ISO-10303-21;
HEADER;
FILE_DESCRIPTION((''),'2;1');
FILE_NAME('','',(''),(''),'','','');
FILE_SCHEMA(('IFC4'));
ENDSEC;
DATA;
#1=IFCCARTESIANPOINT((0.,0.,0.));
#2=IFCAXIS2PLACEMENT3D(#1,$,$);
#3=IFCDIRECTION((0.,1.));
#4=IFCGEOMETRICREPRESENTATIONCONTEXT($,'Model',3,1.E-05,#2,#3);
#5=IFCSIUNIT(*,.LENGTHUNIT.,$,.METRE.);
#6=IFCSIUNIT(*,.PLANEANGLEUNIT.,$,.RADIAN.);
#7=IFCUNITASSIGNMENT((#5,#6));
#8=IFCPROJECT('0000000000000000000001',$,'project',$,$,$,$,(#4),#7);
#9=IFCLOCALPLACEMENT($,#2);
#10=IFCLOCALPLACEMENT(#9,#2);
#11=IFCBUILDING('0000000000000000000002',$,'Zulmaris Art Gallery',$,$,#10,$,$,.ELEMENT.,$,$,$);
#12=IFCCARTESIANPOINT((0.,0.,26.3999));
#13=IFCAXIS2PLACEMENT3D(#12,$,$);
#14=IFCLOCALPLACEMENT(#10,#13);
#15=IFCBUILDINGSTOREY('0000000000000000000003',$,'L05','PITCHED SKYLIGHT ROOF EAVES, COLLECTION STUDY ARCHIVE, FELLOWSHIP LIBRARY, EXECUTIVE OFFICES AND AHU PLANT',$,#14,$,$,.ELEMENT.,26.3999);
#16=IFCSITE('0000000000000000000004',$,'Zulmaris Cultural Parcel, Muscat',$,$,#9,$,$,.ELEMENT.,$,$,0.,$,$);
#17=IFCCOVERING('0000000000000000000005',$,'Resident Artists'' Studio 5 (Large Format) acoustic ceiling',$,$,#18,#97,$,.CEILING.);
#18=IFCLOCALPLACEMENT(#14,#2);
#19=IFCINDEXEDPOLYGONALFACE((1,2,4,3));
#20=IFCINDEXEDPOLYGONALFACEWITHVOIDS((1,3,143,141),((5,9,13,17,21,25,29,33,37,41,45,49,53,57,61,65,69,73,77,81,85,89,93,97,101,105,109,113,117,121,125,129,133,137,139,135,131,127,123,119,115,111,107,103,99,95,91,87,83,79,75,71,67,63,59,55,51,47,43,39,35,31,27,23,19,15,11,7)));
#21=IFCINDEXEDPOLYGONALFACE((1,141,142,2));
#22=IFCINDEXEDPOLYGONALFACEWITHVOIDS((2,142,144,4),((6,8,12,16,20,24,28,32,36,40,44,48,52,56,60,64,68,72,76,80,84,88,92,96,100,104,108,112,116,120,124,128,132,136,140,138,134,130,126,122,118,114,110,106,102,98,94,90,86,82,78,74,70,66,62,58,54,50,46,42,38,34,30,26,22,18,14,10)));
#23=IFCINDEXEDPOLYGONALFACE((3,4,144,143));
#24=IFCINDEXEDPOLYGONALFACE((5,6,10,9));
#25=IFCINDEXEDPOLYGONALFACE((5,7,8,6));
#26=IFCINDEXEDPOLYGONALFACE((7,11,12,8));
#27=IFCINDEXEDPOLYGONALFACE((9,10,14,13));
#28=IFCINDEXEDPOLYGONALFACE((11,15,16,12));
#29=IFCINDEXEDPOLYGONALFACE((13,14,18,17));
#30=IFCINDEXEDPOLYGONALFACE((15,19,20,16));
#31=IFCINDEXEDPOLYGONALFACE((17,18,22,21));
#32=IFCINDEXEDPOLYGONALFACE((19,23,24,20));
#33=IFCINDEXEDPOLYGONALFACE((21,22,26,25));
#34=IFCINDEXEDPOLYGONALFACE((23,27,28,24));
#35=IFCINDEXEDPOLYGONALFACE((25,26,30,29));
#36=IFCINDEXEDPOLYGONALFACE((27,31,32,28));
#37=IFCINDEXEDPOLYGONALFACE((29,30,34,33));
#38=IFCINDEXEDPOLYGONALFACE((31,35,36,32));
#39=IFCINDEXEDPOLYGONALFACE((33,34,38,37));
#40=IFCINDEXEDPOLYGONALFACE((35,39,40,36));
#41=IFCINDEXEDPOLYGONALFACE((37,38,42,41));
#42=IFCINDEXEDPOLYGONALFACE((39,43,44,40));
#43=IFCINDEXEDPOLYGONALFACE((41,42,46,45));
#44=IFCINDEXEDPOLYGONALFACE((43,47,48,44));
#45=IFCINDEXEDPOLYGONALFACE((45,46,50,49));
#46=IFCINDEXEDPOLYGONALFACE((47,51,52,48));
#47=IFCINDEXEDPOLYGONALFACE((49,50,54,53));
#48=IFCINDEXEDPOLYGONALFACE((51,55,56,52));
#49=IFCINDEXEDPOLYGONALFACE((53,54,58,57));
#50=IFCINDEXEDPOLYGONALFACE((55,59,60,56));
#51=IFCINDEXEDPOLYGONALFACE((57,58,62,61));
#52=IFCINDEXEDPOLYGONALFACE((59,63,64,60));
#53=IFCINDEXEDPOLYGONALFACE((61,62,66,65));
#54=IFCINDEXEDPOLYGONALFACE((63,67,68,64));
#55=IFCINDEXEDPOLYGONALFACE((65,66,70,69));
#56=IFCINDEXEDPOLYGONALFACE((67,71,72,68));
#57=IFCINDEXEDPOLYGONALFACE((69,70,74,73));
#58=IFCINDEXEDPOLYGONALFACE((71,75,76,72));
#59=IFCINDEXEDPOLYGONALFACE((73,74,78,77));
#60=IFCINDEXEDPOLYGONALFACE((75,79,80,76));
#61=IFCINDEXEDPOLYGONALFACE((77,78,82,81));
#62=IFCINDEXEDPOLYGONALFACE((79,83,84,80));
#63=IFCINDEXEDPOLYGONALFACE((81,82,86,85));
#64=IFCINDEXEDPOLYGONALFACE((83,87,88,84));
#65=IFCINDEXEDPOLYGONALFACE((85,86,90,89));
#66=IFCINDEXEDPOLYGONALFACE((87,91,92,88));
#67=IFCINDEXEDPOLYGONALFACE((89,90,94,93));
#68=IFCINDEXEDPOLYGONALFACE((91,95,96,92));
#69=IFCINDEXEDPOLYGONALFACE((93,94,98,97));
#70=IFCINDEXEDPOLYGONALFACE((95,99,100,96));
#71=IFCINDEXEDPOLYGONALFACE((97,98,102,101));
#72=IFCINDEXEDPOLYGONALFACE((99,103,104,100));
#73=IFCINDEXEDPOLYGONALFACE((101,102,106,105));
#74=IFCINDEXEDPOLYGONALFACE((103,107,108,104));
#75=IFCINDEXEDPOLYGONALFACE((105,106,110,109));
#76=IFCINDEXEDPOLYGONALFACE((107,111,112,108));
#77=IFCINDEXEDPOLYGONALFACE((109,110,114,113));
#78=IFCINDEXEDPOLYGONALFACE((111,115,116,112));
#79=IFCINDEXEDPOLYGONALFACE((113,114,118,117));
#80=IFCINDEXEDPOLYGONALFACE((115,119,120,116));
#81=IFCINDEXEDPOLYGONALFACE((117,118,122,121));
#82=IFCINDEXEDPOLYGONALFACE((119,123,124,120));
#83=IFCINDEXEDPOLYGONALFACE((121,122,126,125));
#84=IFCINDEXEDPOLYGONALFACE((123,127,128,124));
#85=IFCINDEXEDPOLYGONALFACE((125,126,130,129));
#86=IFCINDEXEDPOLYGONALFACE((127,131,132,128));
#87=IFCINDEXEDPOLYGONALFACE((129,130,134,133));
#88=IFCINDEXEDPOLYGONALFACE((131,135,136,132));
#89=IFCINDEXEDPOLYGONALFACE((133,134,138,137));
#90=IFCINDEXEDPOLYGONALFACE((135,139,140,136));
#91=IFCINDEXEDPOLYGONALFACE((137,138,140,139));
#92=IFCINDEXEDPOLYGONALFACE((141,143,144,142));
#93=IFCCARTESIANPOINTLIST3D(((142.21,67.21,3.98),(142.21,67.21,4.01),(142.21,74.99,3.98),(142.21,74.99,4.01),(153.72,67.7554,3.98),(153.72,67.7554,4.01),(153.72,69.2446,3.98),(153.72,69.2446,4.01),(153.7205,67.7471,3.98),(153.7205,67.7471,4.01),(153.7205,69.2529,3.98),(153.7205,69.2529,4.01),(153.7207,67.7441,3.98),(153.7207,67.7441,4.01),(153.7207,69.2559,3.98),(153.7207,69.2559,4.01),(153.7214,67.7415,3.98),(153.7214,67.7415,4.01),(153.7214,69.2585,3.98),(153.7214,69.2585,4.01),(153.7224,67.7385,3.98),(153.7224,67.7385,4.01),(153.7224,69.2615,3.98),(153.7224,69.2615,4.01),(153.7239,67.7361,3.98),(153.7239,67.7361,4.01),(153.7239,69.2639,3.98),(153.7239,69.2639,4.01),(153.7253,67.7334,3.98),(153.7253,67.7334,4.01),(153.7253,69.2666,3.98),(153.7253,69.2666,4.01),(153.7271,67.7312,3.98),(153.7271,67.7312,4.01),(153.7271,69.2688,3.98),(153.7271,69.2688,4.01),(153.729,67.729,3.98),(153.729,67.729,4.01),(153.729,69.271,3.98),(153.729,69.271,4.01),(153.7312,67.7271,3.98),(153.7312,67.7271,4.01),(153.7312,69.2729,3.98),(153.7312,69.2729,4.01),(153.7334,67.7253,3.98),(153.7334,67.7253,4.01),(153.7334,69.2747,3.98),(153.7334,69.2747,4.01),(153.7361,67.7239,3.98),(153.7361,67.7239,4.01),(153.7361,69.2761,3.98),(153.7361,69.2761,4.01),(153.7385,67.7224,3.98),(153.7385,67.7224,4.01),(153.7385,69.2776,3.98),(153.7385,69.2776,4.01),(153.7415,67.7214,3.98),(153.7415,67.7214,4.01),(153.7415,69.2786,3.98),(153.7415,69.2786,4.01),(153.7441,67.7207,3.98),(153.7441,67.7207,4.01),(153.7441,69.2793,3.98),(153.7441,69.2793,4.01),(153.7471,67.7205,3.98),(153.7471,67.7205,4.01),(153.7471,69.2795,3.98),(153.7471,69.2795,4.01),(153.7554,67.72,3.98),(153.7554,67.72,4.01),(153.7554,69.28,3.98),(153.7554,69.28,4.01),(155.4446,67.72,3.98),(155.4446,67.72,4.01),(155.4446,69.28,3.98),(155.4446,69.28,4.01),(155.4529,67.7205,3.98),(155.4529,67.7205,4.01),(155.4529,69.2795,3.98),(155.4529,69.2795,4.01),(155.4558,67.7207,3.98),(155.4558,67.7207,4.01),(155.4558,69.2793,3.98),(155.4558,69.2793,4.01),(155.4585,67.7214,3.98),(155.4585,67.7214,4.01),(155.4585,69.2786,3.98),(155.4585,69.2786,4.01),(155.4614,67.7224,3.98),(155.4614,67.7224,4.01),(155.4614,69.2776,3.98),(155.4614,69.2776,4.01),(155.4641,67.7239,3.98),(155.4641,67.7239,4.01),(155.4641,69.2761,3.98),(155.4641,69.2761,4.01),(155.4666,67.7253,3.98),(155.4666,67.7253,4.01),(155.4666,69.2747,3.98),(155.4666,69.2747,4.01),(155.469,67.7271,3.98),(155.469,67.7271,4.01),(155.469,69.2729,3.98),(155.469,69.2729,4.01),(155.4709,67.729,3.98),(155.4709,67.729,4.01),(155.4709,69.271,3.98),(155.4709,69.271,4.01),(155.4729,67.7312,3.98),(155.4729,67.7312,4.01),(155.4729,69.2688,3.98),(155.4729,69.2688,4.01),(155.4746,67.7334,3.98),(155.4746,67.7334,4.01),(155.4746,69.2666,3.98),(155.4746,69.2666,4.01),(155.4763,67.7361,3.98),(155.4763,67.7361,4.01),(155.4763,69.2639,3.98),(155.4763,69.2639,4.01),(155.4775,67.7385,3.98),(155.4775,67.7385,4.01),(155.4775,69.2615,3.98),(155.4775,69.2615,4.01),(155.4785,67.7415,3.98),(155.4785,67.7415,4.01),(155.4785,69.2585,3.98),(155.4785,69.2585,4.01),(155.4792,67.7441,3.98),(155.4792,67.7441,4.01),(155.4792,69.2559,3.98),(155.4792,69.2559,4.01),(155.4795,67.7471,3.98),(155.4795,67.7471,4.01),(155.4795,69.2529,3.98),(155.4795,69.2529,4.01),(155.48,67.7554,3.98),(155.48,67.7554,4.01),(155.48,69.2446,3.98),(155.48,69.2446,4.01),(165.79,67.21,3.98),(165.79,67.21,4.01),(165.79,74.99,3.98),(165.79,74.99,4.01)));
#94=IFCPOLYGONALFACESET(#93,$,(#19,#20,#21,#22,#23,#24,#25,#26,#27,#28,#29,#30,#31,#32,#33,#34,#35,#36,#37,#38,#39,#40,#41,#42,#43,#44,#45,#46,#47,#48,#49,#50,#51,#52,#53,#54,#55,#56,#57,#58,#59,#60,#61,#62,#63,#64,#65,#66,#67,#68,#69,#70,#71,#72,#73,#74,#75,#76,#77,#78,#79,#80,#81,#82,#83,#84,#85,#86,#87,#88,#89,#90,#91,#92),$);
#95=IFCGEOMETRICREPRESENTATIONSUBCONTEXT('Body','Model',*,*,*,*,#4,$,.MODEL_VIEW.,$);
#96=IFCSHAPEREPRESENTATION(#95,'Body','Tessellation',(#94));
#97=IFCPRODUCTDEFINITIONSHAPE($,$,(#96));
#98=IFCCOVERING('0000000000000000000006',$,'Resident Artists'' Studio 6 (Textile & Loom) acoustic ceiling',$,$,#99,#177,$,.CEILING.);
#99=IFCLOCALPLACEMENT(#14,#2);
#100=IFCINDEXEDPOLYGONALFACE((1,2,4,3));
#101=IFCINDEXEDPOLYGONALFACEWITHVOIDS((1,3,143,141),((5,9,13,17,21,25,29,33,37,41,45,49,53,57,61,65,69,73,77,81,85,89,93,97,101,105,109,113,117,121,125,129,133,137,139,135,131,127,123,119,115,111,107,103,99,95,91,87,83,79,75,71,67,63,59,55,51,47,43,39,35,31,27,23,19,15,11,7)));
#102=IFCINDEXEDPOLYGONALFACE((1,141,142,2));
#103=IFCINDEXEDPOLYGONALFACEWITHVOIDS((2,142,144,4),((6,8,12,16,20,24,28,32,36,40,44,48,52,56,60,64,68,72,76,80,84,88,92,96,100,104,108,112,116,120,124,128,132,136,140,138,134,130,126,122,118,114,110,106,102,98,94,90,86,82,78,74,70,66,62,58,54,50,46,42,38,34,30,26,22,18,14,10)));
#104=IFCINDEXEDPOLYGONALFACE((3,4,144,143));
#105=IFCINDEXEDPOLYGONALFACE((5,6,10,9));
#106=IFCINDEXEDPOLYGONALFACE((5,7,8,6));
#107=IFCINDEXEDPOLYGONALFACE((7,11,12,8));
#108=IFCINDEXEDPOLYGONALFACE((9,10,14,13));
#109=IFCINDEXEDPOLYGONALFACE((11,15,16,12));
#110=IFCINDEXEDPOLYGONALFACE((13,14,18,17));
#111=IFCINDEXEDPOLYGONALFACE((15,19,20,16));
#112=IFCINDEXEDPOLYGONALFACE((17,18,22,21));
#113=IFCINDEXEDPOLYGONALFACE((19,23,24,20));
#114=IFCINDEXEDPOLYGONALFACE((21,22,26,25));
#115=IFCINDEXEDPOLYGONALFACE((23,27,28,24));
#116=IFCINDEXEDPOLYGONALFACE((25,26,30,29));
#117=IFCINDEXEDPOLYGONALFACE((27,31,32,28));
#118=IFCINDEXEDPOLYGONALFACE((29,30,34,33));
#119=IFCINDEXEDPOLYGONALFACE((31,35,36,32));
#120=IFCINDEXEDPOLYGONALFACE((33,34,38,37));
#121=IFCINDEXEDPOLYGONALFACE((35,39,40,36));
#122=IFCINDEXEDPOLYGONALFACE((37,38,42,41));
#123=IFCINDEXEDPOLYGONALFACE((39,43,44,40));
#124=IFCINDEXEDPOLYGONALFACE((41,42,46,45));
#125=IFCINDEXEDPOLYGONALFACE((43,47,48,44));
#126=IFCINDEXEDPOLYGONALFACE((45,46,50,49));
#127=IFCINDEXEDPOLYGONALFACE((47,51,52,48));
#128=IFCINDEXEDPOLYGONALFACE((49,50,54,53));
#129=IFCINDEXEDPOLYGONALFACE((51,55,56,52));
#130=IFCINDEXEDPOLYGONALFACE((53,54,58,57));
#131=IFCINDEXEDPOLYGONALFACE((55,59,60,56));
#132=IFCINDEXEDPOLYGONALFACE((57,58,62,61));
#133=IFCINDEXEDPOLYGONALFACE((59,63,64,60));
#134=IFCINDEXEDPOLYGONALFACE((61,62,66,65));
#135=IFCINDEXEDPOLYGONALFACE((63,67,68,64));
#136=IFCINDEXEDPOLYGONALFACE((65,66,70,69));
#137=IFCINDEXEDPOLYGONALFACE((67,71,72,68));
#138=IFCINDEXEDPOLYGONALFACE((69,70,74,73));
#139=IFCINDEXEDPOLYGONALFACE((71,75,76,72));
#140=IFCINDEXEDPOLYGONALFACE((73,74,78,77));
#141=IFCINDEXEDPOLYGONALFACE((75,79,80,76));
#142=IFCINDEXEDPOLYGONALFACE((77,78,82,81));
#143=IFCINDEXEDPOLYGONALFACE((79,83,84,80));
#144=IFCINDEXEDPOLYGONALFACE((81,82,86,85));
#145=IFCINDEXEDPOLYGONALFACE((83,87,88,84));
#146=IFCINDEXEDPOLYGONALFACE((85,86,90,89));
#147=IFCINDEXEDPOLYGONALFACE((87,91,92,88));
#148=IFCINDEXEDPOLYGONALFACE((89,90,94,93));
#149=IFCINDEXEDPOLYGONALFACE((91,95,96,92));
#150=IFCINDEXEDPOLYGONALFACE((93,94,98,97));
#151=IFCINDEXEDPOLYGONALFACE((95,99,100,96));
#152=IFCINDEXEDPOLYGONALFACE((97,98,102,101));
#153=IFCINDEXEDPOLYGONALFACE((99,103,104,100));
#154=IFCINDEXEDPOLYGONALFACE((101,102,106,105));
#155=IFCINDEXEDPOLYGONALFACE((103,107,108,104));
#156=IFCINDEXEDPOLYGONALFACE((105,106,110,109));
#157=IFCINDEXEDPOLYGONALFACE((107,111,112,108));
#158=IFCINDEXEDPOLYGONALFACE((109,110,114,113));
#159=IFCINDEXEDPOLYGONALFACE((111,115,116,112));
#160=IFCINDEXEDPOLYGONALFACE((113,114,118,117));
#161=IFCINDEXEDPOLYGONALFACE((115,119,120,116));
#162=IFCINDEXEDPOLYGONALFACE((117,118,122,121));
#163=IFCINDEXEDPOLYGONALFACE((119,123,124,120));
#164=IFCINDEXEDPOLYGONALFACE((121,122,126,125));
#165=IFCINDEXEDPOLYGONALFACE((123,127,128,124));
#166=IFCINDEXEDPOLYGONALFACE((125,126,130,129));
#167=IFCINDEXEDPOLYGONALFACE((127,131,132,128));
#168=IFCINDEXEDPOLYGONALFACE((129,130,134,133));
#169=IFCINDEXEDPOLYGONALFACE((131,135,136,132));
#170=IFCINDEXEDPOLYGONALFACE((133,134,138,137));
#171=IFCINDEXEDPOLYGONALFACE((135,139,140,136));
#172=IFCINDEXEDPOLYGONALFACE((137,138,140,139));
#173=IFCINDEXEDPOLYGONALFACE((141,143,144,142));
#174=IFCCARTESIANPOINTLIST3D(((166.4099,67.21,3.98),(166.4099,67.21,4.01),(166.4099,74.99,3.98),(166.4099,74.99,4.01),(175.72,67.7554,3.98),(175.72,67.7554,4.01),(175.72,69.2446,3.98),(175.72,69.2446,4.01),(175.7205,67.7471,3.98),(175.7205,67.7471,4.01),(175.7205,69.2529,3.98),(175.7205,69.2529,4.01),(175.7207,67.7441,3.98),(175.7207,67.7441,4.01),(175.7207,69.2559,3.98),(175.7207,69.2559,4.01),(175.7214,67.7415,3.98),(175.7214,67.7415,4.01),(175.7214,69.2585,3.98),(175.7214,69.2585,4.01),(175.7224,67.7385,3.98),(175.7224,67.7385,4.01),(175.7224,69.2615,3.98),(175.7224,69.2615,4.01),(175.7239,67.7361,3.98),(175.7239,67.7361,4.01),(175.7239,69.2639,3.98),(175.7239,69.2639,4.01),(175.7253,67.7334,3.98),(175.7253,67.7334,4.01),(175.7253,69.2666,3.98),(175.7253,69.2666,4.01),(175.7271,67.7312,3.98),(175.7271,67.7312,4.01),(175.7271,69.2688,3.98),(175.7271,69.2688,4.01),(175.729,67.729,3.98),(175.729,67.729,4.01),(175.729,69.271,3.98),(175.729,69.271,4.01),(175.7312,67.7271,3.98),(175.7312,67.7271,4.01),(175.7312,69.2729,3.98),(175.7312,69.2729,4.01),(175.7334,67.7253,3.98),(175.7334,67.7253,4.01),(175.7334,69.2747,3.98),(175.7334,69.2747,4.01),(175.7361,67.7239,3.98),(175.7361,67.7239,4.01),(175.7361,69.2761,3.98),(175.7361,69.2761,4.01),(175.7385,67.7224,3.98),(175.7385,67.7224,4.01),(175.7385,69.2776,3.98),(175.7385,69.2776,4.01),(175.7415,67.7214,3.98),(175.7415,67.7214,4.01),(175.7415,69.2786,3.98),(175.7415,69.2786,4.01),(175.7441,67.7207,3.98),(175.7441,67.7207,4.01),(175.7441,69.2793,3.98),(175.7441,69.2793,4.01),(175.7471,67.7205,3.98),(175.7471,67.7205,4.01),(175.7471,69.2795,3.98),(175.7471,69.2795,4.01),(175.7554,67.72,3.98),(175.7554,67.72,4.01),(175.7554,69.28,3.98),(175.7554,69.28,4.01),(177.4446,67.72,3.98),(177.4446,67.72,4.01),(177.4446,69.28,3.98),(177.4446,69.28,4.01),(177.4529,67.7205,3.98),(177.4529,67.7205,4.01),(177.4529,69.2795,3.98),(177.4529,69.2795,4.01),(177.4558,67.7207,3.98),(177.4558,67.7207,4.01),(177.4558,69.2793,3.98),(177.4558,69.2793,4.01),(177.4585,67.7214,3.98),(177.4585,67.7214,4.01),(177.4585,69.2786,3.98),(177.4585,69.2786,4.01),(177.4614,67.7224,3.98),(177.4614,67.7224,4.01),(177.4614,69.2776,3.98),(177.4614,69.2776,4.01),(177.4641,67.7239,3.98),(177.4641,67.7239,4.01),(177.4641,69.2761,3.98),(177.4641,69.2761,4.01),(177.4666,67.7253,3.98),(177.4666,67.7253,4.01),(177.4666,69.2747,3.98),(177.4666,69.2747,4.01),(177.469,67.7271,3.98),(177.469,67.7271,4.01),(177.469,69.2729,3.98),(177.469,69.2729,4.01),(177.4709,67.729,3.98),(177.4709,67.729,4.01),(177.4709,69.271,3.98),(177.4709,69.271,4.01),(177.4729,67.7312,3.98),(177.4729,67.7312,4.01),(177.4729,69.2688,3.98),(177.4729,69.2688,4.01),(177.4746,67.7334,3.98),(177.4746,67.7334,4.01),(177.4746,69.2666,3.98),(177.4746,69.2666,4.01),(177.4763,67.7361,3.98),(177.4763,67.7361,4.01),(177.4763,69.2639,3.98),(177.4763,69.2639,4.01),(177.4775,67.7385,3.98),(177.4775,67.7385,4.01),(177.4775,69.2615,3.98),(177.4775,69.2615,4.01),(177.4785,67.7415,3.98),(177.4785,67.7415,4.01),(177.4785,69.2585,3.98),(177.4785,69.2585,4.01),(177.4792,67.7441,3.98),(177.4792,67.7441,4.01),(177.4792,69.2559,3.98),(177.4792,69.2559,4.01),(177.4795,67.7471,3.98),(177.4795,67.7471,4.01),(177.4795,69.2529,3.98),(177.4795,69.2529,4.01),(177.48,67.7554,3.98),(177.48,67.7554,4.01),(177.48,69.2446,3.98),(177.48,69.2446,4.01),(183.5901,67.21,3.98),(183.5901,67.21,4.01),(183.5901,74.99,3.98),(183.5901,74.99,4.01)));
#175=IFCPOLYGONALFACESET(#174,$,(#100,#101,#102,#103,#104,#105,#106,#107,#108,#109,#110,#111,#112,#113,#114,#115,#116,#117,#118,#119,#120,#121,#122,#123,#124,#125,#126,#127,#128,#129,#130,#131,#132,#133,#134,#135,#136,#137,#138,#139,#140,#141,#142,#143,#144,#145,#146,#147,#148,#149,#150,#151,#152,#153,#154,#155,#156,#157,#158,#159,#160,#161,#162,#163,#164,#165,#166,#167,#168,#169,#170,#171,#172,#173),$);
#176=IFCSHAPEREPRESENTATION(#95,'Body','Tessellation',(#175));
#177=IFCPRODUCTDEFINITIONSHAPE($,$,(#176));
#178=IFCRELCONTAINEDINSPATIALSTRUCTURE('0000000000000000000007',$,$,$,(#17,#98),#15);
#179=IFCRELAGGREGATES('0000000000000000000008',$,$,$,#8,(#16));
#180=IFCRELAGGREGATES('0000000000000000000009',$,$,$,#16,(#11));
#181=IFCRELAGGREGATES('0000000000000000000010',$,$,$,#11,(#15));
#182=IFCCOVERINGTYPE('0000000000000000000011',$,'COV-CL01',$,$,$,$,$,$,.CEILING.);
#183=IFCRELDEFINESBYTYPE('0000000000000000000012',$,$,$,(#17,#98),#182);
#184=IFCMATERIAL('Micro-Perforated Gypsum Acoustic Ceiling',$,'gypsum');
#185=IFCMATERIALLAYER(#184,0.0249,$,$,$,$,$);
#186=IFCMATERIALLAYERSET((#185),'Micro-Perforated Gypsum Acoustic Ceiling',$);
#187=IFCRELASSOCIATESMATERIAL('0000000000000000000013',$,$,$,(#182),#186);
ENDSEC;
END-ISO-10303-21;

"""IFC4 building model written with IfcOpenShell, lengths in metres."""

from ifc_helpers import new_model, si_unit, direction, frame, origin, place, context, subcontext, project, spatial, polyline, outline, extrude, material, layer, layer_set, type_object, element, save


model = new_model("IFC4")

# Units and contexts
model_context = context("Model", 3, precision=1e-05, world=origin(), true_north=direction((0.0, 1.0)))
body_context = subcontext(model_context, "Body", "Model", "MODEL_VIEW")
ifc_project = project(units=[si_unit("LENGTHUNIT", "METRE"), si_unit("PLANEANGLEUNIT", "RADIAN")], contexts=[model_context])

# Site, building, storey
site_placement = place(None, origin())
site = spatial("IfcSite", under=ifc_project, at=site_placement, Name="Zulmaris Cultural Parcel, Muscat", CompositionType="ELEMENT", RefElevation=0.0)
building_placement = place(site_placement, origin())
building = spatial("IfcBuilding", under=site, at=building_placement, Name="Zulmaris Art Gallery", CompositionType="ELEMENT")
storey_placement = place(building_placement, frame((0.0, 0.0, 26.3999)))
storey = spatial("IfcBuildingStorey", under=building, at=storey_placement, Name="L05", Description="PITCHED SKYLIGHT ROOF EAVES, COLLECTION STUDY ARCHIVE, FELLOWSHIP LIBRARY, EXECUTIVE OFFICES AND AHU PLANT", CompositionType="ELEMENT", Elevation=26.3999)

# Coverings
ifc_material_1 = material(Name="Micro-Perforated Gypsum Acoustic Ceiling", Category="gypsum")
ifc_layer_1 = layer(ifc_material_1, 0.0249)
ifc_layer_set_1 = layer_set([ifc_layer_1], Name="Micro-Perforated Gypsum Acoustic Ceiling")
covering_type_1 = type_object("IfcCoveringType", Name="COV-CL01", PredefinedType="CEILING", material=ifc_layer_set_1)
covering_1_placement = place(storey_placement, frame((0.0, 0.0, 3.98)))
element("IfcCovering", 1, at=covering_1_placement, inside=storey, type_object=covering_type_1, Name="Resident Artists' Studio 5 (Large Format) acoustic ceiling", PredefinedType="CEILING", context=body_context, shape_type="SweptSolid", body=[
    extrude(outline(polyline([(142.21, 74.99), (165.79, 74.99), (165.79, 67.21), (142.21, 67.21), (142.21, 74.99)]), holes=[polyline([(153.7214, 67.7415), (153.7224, 67.7385), (153.7239, 67.7361), (153.7253, 67.7334), (153.7271, 67.7312), (153.729, 67.729), (153.7312, 67.7271), (153.7334, 67.7253), (153.7361, 67.7239), (153.7385, 67.7224), (153.7415, 67.7214), (153.7441, 67.7207), (153.7471, 67.7205), (153.7554, 67.72), (155.4446, 67.72), (155.4529, 67.7205), (155.4558, 67.7207), (155.4585, 67.7214), (155.4614, 67.7224), (155.4641, 67.7239), (155.4666, 67.7253), (155.469, 67.7271), (155.4709, 67.729), (155.4729, 67.7312), (155.4746, 67.7334), (155.4763, 67.7361), (155.4775, 67.7385), (155.4785, 67.7415), (155.4792, 67.7441), (155.4795, 67.7471), (155.48, 67.7554), (155.48, 69.2446), (155.4795, 69.2529), (155.4792, 69.2559), (155.4785, 69.2585), (155.4775, 69.2615), (155.4763, 69.2639), (155.4746, 69.2666), (155.4729, 69.2688), (155.4709, 69.271), (155.469, 69.2729), (155.4666, 69.2747), (155.4641, 69.2761), (155.4614, 69.2776), (155.4585, 69.2786), (155.4558, 69.2793), (155.4529, 69.2795), (155.4446, 69.28), (153.7554, 69.28), (153.7471, 69.2795), (153.7441, 69.2793), (153.7415, 69.2786), (153.7385, 69.2776), (153.7361, 69.2761), (153.7334, 69.2747), (153.7312, 69.2729), (153.729, 69.271), (153.7271, 69.2688), (153.7253, 69.2666), (153.7239, 69.2639), (153.7224, 69.2615), (153.7214, 69.2585), (153.7207, 69.2559), (153.7205, 69.2529), (153.72, 69.2446), (153.72, 67.7554), (153.7205, 67.7471), (153.7207, 67.7441), (153.7214, 67.7415)])]), origin(), (0.0, 0.0, 1.0), 0.03),
])
covering_2_placement = place(storey_placement, frame((0.0, 0.0, 3.98)))
element("IfcCovering", 2, at=covering_2_placement, inside=storey, type_object=covering_type_1, Name="Resident Artists' Studio 6 (Textile & Loom) acoustic ceiling", PredefinedType="CEILING", context=body_context, shape_type="SweptSolid", body=[
    extrude(outline(polyline([(166.4099, 74.99), (183.5901, 74.99), (183.5901, 67.21), (166.4099, 67.21), (166.4099, 74.99)]), holes=[polyline([(175.7415, 69.2786), (175.7385, 69.2776), (175.7361, 69.2761), (175.7334, 69.2747), (175.7312, 69.2729), (175.729, 69.271), (175.7271, 69.2688), (175.7253, 69.2666), (175.7239, 69.2639), (175.7224, 69.2615), (175.7214, 69.2585), (175.7207, 69.2559), (175.7205, 69.2529), (175.72, 69.2446), (175.72, 67.7554), (175.7205, 67.7471), (175.7207, 67.7441), (175.7214, 67.7415), (175.7224, 67.7385), (175.7239, 67.7361), (175.7253, 67.7334), (175.7271, 67.7312), (175.729, 67.729), (175.7312, 67.7271), (175.7334, 67.7253), (175.7361, 67.7239), (175.7385, 67.7224), (175.7415, 67.7214), (175.7441, 67.7207), (175.7471, 67.7205), (175.7554, 67.72), (177.4446, 67.72), (177.4529, 67.7205), (177.4558, 67.7207), (177.4585, 67.7214), (177.4614, 67.7224), (177.4641, 67.7239), (177.4666, 67.7253), (177.469, 67.7271), (177.4709, 67.729), (177.4729, 67.7312), (177.4746, 67.7334), (177.4763, 67.7361), (177.4775, 67.7385), (177.4785, 67.7415), (177.4792, 67.7441), (177.4795, 67.7471), (177.48, 67.7554), (177.48, 69.2446), (177.4795, 69.2529), (177.4792, 69.2559), (177.4785, 69.2585), (177.4775, 69.2615), (177.4763, 69.2639), (177.4746, 69.2666), (177.4729, 69.2688), (177.4709, 69.271), (177.469, 69.2729), (177.4666, 69.2747), (177.4641, 69.2761), (177.4614, 69.2776), (177.4585, 69.2786), (177.4558, 69.2793), (177.4529, 69.2795), (177.4446, 69.28), (175.7554, 69.28), (175.7471, 69.2795), (175.7441, 69.2793), (175.7415, 69.2786)])]), origin(), (0.0, 0.0, 1.0), 0.03),
])

save(model, "model.ifc")
